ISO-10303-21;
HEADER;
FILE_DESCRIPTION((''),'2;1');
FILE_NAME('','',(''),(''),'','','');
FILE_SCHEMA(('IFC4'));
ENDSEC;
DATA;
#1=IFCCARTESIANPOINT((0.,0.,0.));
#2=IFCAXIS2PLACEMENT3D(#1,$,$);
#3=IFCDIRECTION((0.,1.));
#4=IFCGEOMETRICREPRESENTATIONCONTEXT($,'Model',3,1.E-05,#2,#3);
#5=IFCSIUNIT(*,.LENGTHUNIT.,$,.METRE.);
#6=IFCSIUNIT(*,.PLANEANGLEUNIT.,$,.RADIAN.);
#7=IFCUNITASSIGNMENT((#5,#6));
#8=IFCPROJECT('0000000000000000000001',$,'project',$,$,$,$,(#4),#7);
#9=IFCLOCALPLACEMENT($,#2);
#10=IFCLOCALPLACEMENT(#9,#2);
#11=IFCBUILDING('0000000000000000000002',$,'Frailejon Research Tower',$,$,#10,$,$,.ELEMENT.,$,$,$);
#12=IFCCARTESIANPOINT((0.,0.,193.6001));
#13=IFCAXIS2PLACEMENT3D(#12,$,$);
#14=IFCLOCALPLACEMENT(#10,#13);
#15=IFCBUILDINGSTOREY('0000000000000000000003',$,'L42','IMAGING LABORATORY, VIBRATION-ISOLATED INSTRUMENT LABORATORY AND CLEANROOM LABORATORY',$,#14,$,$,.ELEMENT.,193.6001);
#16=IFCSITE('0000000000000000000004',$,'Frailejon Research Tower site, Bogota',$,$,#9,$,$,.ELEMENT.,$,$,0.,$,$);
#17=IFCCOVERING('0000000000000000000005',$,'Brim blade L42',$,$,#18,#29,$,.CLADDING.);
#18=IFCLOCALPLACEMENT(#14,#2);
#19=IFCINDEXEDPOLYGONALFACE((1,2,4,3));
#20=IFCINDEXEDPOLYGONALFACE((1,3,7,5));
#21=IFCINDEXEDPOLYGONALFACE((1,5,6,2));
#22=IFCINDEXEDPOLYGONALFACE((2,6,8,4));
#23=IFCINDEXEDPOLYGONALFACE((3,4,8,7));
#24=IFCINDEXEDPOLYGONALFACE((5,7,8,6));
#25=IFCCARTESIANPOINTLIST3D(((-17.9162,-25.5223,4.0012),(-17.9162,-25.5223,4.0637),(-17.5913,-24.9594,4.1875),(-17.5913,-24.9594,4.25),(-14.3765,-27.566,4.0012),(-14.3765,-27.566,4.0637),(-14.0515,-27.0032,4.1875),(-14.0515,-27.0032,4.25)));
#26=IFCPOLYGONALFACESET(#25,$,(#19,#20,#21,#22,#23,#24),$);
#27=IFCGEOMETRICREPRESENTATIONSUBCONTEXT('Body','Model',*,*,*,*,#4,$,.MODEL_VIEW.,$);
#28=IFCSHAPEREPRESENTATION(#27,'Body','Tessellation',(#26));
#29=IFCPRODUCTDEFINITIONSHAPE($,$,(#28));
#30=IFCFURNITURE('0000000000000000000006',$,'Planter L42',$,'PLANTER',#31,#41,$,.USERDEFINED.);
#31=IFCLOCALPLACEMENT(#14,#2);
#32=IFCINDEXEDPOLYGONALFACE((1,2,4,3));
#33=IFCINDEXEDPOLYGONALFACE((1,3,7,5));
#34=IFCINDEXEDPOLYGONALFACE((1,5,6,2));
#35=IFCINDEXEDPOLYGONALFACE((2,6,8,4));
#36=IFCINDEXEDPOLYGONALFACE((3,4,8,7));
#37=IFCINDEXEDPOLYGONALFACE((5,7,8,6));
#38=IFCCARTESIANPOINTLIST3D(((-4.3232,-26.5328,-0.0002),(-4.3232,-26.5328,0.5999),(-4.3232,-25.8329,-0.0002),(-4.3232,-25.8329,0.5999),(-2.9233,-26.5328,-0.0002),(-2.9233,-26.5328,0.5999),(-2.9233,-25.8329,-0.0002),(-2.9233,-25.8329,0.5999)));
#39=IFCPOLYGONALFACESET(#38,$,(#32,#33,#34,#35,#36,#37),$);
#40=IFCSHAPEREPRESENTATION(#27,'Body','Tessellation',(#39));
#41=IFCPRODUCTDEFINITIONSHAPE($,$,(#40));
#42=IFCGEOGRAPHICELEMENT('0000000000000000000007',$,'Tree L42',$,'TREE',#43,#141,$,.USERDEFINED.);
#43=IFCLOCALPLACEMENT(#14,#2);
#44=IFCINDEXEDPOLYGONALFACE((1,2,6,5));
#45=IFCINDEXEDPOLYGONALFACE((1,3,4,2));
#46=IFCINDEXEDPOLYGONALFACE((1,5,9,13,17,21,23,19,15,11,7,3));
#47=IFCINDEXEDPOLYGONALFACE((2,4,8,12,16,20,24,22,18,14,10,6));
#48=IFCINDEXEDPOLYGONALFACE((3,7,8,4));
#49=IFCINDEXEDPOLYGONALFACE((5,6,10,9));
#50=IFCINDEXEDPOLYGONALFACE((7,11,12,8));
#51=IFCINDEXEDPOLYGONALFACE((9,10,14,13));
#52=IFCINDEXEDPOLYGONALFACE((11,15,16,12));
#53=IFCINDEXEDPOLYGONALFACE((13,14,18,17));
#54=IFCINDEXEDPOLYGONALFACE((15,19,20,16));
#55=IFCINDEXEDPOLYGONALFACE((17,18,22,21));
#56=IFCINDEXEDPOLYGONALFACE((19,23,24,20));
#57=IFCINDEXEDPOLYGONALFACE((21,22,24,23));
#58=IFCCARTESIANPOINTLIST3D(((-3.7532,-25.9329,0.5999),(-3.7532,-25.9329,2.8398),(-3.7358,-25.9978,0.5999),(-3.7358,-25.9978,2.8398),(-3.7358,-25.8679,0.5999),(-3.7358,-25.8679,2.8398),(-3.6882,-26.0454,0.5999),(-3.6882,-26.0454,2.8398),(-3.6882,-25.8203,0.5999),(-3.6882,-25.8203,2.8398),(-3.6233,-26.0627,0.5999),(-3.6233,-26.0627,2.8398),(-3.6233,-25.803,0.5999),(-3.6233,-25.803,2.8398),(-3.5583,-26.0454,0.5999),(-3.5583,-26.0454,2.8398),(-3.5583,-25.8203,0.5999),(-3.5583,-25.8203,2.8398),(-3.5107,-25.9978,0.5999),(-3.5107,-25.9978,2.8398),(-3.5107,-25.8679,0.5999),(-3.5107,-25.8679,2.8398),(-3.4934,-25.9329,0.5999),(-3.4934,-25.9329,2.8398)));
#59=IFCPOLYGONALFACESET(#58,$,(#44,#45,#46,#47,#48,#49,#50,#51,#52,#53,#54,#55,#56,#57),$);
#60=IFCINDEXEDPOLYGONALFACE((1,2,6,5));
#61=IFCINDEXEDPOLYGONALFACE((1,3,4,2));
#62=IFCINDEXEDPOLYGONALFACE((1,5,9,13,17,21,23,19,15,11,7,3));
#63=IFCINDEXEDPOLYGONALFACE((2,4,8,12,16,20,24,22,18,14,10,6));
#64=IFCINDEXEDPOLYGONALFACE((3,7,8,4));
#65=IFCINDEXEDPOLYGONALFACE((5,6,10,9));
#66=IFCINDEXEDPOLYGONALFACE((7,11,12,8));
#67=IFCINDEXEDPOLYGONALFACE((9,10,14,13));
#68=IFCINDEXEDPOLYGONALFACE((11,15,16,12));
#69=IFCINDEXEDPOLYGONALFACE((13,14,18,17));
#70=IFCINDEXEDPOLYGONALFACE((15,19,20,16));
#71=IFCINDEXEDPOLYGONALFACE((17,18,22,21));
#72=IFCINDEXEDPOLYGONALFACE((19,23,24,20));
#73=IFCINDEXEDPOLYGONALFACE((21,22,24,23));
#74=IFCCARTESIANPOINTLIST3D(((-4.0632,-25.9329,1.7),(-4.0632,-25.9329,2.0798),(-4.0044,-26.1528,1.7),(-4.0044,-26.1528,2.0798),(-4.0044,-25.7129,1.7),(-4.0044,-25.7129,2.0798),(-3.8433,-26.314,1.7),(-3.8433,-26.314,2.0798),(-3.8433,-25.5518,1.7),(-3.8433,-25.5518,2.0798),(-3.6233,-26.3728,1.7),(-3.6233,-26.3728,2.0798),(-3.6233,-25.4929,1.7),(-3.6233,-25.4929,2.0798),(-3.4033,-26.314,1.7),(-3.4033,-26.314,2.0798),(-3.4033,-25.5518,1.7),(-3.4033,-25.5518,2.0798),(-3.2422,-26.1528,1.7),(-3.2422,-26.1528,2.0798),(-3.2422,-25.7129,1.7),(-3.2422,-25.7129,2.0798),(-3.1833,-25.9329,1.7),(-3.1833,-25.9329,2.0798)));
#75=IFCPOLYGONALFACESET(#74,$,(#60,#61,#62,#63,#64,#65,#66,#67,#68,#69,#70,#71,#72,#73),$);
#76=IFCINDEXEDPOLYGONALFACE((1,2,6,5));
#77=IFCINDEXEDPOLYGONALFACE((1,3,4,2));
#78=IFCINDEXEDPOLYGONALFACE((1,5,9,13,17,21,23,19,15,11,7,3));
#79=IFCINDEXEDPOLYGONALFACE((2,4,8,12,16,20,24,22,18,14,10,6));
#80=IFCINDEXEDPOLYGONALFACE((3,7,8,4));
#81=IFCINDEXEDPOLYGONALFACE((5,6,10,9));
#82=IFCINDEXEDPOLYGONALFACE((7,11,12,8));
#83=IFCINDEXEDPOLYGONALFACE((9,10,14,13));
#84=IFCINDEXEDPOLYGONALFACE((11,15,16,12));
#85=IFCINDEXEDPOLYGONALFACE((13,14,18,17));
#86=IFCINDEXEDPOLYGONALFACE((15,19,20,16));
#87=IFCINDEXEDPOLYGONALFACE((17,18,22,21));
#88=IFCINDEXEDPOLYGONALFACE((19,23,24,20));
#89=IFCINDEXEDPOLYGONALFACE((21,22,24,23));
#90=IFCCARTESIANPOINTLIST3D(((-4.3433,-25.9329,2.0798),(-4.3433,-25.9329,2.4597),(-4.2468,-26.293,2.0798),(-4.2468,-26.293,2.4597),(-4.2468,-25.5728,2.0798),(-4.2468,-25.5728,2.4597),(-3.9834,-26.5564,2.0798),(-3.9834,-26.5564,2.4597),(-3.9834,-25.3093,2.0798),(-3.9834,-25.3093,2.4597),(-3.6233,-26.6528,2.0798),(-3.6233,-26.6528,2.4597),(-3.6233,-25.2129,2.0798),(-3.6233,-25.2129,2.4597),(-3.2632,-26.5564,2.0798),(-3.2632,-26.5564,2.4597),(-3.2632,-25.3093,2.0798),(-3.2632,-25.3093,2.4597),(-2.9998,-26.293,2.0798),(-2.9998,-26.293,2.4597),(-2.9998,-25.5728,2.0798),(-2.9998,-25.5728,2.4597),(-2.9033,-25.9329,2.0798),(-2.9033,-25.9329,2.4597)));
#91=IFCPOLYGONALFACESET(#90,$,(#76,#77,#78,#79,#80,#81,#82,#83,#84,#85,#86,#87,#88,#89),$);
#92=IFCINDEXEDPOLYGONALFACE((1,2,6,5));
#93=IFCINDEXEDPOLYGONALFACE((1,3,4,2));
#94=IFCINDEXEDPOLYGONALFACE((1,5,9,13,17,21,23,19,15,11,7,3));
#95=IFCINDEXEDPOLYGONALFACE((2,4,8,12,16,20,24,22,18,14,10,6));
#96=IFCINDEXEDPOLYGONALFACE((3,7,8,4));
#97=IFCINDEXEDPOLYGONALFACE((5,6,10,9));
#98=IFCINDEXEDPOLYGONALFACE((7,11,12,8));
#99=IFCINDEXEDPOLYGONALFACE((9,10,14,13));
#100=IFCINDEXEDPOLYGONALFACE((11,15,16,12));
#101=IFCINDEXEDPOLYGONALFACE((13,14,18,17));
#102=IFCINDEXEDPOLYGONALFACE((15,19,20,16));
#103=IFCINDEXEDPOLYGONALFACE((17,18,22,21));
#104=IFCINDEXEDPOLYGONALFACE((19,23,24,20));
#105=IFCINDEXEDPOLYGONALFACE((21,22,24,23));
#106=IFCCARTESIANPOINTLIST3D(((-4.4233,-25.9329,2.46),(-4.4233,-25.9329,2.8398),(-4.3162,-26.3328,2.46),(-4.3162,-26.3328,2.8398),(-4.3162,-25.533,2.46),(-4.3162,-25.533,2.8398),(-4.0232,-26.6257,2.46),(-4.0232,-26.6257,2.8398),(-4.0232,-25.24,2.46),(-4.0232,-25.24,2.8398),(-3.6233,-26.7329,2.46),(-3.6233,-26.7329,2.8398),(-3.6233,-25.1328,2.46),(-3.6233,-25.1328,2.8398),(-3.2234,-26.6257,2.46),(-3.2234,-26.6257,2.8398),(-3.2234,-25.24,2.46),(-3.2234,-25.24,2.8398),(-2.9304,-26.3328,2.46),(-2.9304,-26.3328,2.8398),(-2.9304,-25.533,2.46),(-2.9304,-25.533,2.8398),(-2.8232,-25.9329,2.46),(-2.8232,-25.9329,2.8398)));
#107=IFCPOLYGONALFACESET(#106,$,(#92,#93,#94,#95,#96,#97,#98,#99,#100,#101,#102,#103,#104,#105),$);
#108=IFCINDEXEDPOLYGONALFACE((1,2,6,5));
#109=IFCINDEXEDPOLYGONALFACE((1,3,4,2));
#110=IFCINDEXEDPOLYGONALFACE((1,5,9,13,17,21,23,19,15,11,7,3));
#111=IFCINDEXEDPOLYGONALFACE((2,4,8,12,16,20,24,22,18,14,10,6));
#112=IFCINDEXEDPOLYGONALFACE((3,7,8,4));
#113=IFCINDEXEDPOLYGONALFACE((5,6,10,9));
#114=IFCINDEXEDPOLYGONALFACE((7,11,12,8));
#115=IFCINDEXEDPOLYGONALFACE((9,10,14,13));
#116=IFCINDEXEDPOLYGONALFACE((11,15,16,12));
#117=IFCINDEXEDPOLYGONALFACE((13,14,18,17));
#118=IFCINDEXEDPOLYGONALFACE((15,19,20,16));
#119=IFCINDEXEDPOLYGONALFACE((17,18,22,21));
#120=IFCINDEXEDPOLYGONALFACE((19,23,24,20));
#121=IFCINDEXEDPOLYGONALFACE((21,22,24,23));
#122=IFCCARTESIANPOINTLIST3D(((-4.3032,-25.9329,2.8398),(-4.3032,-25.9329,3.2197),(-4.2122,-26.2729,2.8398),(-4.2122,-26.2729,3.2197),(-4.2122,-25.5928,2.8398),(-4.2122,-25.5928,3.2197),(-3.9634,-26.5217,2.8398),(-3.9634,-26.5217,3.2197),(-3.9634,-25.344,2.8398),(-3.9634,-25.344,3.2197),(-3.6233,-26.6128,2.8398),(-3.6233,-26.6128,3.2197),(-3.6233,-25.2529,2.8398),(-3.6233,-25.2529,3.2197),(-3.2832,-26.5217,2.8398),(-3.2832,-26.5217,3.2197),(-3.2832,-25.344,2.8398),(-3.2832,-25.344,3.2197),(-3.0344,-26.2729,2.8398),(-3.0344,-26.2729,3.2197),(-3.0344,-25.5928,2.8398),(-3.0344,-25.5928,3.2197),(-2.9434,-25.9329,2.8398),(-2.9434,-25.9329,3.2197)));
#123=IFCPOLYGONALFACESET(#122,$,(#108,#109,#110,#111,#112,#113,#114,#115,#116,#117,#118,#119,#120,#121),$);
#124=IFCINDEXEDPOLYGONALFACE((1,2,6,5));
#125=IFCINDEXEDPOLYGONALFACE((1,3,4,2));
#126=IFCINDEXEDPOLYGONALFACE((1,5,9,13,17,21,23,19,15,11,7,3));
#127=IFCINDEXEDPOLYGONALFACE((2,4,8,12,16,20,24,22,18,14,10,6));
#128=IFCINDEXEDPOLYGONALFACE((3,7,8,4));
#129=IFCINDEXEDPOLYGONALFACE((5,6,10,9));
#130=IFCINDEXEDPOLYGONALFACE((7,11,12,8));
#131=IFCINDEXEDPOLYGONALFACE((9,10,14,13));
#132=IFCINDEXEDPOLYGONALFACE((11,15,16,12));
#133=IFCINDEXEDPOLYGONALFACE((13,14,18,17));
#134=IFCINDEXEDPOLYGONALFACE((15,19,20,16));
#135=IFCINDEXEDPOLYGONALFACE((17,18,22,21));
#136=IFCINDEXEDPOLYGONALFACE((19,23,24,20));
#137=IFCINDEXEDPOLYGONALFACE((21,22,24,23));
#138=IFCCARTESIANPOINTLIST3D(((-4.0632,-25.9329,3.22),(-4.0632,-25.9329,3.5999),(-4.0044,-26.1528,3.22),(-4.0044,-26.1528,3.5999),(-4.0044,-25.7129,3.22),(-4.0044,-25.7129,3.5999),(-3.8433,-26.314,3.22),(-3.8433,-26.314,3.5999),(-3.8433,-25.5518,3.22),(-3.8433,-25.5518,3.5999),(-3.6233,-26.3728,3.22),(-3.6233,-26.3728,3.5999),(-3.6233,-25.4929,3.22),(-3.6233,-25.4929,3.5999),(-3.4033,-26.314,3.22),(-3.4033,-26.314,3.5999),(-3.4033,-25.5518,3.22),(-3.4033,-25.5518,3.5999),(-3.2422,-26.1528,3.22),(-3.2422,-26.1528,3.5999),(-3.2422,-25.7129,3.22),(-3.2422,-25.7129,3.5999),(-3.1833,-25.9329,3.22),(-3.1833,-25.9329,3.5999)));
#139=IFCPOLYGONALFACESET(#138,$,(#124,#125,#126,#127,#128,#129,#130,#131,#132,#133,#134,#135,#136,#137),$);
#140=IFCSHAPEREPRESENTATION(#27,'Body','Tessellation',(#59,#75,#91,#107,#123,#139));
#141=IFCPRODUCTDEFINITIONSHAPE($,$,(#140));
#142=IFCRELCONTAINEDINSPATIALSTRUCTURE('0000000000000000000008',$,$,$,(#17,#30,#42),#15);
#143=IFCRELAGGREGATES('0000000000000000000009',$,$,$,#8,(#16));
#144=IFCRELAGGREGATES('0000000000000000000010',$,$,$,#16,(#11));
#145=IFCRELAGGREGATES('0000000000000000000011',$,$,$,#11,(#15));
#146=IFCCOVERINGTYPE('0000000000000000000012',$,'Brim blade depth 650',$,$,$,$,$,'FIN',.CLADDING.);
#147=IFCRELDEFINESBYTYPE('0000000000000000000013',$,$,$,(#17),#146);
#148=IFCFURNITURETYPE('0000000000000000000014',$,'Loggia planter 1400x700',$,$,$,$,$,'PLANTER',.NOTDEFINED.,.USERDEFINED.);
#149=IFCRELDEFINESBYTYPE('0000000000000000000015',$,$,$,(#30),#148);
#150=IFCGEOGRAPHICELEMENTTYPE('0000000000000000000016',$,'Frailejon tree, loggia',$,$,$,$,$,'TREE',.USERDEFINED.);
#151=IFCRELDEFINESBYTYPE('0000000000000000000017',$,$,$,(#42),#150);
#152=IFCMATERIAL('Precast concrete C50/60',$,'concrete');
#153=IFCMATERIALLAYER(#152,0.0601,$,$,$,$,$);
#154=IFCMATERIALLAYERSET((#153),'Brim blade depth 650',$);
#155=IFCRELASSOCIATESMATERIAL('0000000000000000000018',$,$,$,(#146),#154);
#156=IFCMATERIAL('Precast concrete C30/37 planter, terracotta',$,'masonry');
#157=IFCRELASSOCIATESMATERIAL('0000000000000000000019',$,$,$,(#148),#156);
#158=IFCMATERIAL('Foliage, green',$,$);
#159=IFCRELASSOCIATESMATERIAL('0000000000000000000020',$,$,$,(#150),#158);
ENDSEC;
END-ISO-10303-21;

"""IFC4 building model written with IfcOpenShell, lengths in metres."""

from ifc_helpers import new_model, si_unit, direction, frame, origin, origin_2d, place, context, subcontext, project, spatial, polyline, rectangle, outline, extrude, material, layer, layer_set, type_object, element, save


model = new_model("IFC4")

# Units and contexts
model_context = context("Model", 3, precision=1e-05, world=origin(), true_north=direction((0.0, 1.0)))
body_context = subcontext(model_context, "Body", "Model", "MODEL_VIEW")
ifc_project = project(units=[si_unit("LENGTHUNIT", "METRE"), si_unit("PLANEANGLEUNIT", "RADIAN")], contexts=[model_context])

# Site, building, storey
site_placement = place(None, origin())
site = spatial("IfcSite", under=ifc_project, at=site_placement, Name="Frailejon Research Tower site, Bogota", CompositionType="ELEMENT", RefElevation=0.0)
building_placement = place(site_placement, origin())
building = spatial("IfcBuilding", under=site, at=building_placement, Name="Frailejon Research Tower", CompositionType="ELEMENT")
storey_placement = place(building_placement, frame((0.0, 0.0, 193.6001)))
storey = spatial("IfcBuildingStorey", under=building, at=storey_placement, Name="L42", Description="IMAGING LABORATORY, VIBRATION-ISOLATED INSTRUMENT LABORATORY AND CLEANROOM LABORATORY", CompositionType="ELEMENT", Elevation=193.6001)

# Covering
ifc_material_1 = material(Name="Precast concrete C50/60", Category="concrete")
ifc_layer_1 = layer(ifc_material_1, 0.0601)
ifc_layer_set_1 = layer_set([ifc_layer_1], Name="Brim blade depth 650")
covering_type_1 = type_object("IfcCoveringType", Name="Brim blade depth 650", ElementType="FIN", PredefinedType="CLADDING", material=ifc_layer_set_1)
covering_1_placement = place(storey_placement, frame((-14.0515, -27.0032, 4.25), z_axis=(-0.866021, 0.500007, 0.0), x_axis=(-0.500007, -0.866021, 0.0)))
element("IfcCovering", 1, at=covering_1_placement, inside=storey, type_object=covering_type_1, Name="Brim blade L42", PredefinedType="CLADDING", context=body_context, shape_type="SweptSolid", body=[
    extrude(outline(polyline([(0.0, -0.0625), (0.6499, -0.2488), (0.6499, -0.1863), (0.0, 0.0), (0.0, -0.0625)])), origin(), (0.0, 0.0, 1.0), 4.0874),
])

# Furniture
ifc_material_2 = material(Name="Precast concrete C30/37 planter, terracotta", Category="masonry")
furniture_type = type_object("IfcFurnitureType", Name="Loggia planter 1400x700", ElementType="PLANTER", AssemblyPlace="NOTDEFINED", PredefinedType="USERDEFINED", material=ifc_material_2)
furniture_placement = place(storey_placement, frame((-3.6233, -26.1829, -0.0002), z_axis=(0.0, 0.0, 1.0), x_axis=(1.0, 0.0, 0.0)))
element("IfcFurniture", 2, at=furniture_placement, inside=storey, type_object=furniture_type, Name="Planter L42", ObjectType="PLANTER", PredefinedType="USERDEFINED", context=body_context, shape_type="SweptSolid", body=[
    extrude(rectangle(XDim=1.3999, YDim=0.7, at=origin_2d()), origin(), (0.0, 0.0, 1.0), 0.6001),
])

# Geographic element
ifc_material_3 = material(Name="Foliage, green")
geographic_element_type = type_object("IfcGeographicElementType", Name="Frailejon tree, loggia", ElementType="TREE", PredefinedType="USERDEFINED", material=ifc_material_3)
geographic_element_placement = place(storey_placement, frame((-3.6233, -25.9329, 0.5999)))
element("IfcGeographicElement", 3, at=geographic_element_placement, inside=storey, type_object=geographic_element_type, Name="Tree L42", ObjectType="TREE", PredefinedType="USERDEFINED", context=body_context, shape_type="SweptSolid", body=[
    extrude(outline(polyline([(0.1299, 0.0), (0.1125, 0.0649), (0.0649, 0.1125), (0.0, 0.1299), (-0.0649, 0.1125), (-0.1125, 0.0649), (-0.1299, 0.0), (-0.1125, -0.0649), (-0.0649, -0.1125), (0.0, -0.1299), (0.0649, -0.1125), (0.1125, -0.0649), (0.1299, 0.0)])), origin(), (0.0, 0.0, 1.0), 2.24),
    extrude(outline(polyline([(0.4399, 0.0), (0.3811, 0.22), (0.22, 0.3811), (0.0, 0.4399), (-0.22, 0.3811), (-0.3811, 0.22), (-0.4399, 0.0), (-0.3811, -0.22), (-0.22, -0.3811), (0.0, -0.4399), (0.22, -0.3811), (0.3811, -0.22), (0.4399, 0.0)])), frame((0.0, 0.0, 1.1001)), (0.0, 0.0, 1.0), 0.3799),
    extrude(outline(polyline([(0.72, 0.0), (0.6235, 0.3601), (0.3601, 0.6235), (0.0, 0.72), (-0.3601, 0.6235), (-0.6235, 0.3601), (-0.72, 0.0), (-0.6235, -0.3601), (-0.3601, -0.6235), (0.0, -0.72), (0.3601, -0.6235), (0.6235, -0.3601), (0.72, 0.0)])), frame((0.0, 0.0, 1.48)), (0.0, 0.0, 1.0), 0.3799),
    extrude(outline(polyline([(0.8, 0.0), (0.6929, 0.3999), (0.3999, 0.6929), (0.0, 0.8), (-0.3999, 0.6929), (-0.6929, 0.3999), (-0.8, 0.0), (-0.6929, -0.3999), (-0.3999, -0.6929), (0.0, -0.8), (0.3999, -0.6929), (0.6929, -0.3999), (0.8, 0.0)])), frame((0.0, 0.0, 1.8601)), (0.0, 0.0, 1.0), 0.3799),
    extrude(outline(polyline([(0.6799, 0.0), (0.5889, 0.3401), (0.3401, 0.5889), (0.0, 0.6799), (-0.3401, 0.5889), (-0.5889, 0.3401), (-0.6799, 0.0), (-0.5889, -0.3401), (-0.3401, -0.5889), (0.0, -0.6799), (0.3401, -0.5889), (0.5889, -0.3401), (0.6799, 0.0)])), frame((0.0, 0.0, 2.24)), (0.0, 0.0, 1.0), 0.3799),
    extrude(outline(polyline([(0.4399, 0.0), (0.3811, 0.22), (0.22, 0.3811), (0.0, 0.4399), (-0.22, 0.3811), (-0.3811, 0.22), (-0.4399, 0.0), (-0.3811, -0.22), (-0.22, -0.3811), (0.0, -0.4399), (0.22, -0.3811), (0.3811, -0.22), (0.4399, 0.0)])), frame((0.0, 0.0, 2.6201)), (0.0, 0.0, 1.0), 0.3799),
])

save(model, "model.ifc")
